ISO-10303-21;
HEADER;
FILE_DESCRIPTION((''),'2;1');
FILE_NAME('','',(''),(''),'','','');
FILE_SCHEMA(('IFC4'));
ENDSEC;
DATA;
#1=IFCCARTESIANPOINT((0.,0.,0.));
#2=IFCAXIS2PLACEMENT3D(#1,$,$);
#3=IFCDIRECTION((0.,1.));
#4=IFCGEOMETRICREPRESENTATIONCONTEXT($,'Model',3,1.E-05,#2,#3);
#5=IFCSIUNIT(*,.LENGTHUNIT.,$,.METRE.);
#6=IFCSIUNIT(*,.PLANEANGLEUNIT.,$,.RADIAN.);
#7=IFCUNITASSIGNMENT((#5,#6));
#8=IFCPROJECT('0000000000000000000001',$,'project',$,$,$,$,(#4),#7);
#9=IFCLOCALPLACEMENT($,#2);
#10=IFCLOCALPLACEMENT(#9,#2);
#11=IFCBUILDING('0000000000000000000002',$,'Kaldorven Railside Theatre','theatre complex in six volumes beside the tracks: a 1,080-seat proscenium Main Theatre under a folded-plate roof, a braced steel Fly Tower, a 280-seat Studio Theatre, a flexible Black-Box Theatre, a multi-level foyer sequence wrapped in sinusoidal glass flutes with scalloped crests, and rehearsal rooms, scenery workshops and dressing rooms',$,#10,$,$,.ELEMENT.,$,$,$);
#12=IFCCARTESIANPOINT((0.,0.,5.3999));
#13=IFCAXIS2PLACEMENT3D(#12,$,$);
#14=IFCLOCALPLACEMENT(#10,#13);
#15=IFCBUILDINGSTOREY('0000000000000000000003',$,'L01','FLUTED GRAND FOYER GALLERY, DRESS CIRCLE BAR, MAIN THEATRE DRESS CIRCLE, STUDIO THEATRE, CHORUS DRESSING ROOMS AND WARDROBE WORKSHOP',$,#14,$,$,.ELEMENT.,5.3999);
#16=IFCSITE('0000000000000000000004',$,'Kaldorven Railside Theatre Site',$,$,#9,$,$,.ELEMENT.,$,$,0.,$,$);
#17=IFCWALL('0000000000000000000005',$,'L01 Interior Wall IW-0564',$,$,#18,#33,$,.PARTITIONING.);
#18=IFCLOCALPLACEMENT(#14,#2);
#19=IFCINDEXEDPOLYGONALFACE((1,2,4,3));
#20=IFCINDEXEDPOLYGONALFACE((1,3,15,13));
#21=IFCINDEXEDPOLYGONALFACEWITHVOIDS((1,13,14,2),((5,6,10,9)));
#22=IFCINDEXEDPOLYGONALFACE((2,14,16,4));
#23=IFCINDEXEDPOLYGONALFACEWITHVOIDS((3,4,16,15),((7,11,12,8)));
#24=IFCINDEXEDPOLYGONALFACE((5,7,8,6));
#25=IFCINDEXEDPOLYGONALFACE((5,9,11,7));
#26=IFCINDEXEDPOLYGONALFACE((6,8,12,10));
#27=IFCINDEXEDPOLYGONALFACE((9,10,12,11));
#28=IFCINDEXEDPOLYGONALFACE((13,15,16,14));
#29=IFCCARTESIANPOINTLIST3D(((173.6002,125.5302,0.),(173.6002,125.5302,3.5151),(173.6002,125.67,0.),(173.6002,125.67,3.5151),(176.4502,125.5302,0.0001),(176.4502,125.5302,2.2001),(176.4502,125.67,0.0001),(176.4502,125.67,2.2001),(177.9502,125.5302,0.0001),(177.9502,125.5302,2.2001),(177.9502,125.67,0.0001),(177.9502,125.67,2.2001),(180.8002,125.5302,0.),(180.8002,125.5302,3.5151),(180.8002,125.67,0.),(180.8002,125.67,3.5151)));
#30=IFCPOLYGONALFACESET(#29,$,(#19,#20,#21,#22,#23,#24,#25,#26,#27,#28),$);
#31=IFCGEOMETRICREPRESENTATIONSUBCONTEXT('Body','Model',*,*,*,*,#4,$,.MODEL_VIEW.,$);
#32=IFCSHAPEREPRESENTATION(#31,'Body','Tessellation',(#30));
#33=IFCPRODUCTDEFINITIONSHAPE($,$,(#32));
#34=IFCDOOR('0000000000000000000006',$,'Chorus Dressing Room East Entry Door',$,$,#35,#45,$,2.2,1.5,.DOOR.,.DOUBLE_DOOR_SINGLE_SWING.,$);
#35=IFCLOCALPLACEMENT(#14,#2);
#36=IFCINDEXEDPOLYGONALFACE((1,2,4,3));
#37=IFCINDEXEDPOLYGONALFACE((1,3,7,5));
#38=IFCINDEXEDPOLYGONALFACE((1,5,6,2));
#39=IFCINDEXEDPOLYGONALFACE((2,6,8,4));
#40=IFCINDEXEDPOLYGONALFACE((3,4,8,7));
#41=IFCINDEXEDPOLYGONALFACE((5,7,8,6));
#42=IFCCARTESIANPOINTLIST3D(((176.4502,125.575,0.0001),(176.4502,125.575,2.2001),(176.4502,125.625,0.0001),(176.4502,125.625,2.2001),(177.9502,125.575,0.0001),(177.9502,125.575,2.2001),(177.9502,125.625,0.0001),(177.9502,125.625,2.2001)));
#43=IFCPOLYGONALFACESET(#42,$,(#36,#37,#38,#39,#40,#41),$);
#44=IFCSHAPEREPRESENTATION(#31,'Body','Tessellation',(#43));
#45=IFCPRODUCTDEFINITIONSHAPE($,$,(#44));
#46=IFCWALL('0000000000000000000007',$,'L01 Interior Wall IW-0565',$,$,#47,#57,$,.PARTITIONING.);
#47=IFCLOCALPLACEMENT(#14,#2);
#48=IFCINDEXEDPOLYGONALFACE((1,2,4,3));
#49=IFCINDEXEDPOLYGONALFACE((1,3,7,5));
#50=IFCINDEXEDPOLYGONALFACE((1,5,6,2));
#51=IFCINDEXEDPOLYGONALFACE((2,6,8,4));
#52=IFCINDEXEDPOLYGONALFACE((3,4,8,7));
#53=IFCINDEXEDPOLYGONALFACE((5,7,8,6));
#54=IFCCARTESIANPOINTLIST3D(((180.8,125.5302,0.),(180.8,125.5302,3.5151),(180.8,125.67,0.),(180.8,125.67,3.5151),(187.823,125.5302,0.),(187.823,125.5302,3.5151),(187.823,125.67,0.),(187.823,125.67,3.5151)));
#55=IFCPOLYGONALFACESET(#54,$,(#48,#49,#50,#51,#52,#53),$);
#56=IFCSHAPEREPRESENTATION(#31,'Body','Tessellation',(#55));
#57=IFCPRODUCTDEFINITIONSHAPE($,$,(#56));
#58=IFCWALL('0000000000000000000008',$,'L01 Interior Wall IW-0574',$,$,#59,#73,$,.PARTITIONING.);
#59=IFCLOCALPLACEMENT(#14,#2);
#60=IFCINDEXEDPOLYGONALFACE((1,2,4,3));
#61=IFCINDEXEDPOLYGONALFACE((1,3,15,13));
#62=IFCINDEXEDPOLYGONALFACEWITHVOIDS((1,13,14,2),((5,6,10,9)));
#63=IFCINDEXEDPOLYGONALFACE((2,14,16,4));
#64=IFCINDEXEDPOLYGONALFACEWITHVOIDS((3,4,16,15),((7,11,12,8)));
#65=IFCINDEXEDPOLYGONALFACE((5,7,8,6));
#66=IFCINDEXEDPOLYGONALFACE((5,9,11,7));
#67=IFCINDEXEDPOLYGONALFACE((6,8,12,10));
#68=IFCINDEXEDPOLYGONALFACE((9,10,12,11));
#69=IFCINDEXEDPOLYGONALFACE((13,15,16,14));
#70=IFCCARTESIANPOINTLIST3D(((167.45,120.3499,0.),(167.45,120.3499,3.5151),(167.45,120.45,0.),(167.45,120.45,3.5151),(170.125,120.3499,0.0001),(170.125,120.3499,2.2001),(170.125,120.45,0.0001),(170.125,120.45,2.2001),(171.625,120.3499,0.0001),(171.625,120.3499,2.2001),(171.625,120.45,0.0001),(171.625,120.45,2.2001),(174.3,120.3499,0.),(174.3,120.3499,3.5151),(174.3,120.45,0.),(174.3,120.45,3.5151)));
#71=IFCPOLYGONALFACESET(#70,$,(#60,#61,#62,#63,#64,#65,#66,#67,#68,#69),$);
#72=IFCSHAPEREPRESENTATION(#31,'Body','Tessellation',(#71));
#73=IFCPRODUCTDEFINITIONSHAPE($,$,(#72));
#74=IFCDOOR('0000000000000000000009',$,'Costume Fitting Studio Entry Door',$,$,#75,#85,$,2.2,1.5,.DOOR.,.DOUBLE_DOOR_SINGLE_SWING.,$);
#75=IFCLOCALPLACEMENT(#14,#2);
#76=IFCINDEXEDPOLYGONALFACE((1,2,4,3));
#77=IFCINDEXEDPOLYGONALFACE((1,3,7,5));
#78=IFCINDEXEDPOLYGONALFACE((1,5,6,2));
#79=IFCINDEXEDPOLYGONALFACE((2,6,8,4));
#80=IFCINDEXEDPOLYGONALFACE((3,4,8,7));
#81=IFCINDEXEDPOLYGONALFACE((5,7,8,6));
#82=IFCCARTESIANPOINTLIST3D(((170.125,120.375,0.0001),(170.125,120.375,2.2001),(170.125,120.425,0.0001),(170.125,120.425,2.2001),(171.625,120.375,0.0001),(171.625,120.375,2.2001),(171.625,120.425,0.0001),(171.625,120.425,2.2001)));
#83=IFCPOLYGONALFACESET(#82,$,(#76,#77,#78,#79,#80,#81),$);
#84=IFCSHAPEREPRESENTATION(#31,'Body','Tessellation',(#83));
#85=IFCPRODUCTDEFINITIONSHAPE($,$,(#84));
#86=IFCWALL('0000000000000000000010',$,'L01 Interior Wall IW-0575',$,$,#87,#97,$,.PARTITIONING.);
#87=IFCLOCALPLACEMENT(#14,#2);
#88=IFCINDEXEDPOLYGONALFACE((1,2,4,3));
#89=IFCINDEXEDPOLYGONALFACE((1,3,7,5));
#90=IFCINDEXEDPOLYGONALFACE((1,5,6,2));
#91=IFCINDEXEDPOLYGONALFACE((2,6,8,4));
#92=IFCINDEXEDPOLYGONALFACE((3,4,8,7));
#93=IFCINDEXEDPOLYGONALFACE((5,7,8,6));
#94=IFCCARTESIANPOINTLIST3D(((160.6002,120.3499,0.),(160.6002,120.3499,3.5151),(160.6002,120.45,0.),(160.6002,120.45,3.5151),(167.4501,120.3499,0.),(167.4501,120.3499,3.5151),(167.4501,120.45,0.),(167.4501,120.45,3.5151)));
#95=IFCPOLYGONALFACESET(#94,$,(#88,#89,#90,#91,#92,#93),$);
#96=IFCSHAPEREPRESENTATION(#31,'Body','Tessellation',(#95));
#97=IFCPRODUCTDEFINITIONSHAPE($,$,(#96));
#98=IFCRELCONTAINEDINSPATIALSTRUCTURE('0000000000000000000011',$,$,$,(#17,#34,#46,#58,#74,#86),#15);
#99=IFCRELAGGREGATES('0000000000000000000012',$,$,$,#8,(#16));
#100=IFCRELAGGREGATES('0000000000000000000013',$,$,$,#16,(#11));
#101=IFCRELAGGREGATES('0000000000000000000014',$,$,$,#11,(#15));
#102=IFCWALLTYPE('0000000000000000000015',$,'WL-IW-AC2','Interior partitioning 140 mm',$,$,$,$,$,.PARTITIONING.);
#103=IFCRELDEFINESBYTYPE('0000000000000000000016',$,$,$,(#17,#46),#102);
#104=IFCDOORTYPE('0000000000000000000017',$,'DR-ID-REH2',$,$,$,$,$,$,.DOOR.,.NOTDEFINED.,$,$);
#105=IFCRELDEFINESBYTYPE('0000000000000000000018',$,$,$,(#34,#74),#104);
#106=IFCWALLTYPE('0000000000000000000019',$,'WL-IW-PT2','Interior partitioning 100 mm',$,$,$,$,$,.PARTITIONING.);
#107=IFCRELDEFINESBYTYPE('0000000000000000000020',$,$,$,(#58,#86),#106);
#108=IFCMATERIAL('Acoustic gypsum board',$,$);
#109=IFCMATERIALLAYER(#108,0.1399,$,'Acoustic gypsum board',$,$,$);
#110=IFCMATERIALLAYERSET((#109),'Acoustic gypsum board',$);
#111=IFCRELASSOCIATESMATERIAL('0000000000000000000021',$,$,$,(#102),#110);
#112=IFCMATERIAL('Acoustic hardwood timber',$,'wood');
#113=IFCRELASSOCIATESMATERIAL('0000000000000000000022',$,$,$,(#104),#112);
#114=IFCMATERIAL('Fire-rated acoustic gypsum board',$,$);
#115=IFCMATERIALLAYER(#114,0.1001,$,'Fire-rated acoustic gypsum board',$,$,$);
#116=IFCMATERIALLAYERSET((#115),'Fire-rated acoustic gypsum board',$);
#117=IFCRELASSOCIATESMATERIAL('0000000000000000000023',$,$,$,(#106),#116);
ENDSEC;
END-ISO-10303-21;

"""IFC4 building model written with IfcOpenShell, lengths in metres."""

from ifc_helpers import new_model, si_unit, direction, frame, frame_2d, origin, place, context, subcontext, project, spatial, rectangle, extrude, material, layer, layer_set, type_object, element, fill, save


model = new_model("IFC4")

# Units and contexts
model_context = context("Model", 3, precision=1e-05, world=origin(), true_north=direction((0.0, 1.0)))
body_context = subcontext(model_context, "Body", "Model", "MODEL_VIEW")
ifc_project = project(units=[si_unit("LENGTHUNIT", "METRE"), si_unit("PLANEANGLEUNIT", "RADIAN")], contexts=[model_context])

# Site, building, storey
site_placement = place(None, origin())
site = spatial("IfcSite", under=ifc_project, at=site_placement, Name="Kaldorven Railside Theatre Site", CompositionType="ELEMENT", RefElevation=0.0)
building_placement = place(site_placement, origin())
building = spatial("IfcBuilding", under=site, at=building_placement, Name="Kaldorven Railside Theatre", Description="theatre complex in six volumes beside the tracks: a 1,080-seat proscenium Main Theatre under a folded-plate roof, a braced steel Fly Tower, a 280-seat Studio Theatre, a flexible Black-Box Theatre, a multi-level foyer sequence wrapped in sinusoidal glass flutes with scalloped crests, and rehearsal rooms, scenery workshops and dressing rooms", CompositionType="ELEMENT")
storey_placement = place(building_placement, frame((0.0, 0.0, 5.3999)))
storey = spatial("IfcBuildingStorey", under=building, at=storey_placement, Name="L01", Description="FLUTED GRAND FOYER GALLERY, DRESS CIRCLE BAR, MAIN THEATRE DRESS CIRCLE, STUDIO THEATRE, CHORUS DRESSING ROOMS AND WARDROBE WORKSHOP", CompositionType="ELEMENT", Elevation=5.3999)

# Wall, opening, door
ifc_material_1 = material(Name="Acoustic gypsum board")
ifc_layer_1 = layer(ifc_material_1, 0.1399, Name="Acoustic gypsum board")
ifc_layer_set_1 = layer_set([ifc_layer_1], Name="Acoustic gypsum board")
wall_type_1 = type_object("IfcWallType", Name="WL-IW-AC2", Description="Interior partitioning 140 mm", PredefinedType="PARTITIONING", material=ifc_layer_set_1)
wall_1_placement = place(storey_placement, frame((173.6001, 125.6001, 0.0), z_axis=(0.0, 0.0, 1.0), x_axis=(1.0, 0.0, 0.0)))
wall_1 = element("IfcWall", 1, at=wall_1_placement, inside=storey, type_object=wall_type_1, Name="L01 Interior Wall IW-0564", PredefinedType="PARTITIONING", context=body_context, shape_type="SweptSolid", body=[
    extrude(rectangle(XDim=7.2, YDim=0.1399, at=frame_2d((3.6001, 0.0))), origin(), (0.0, 0.0, 1.0), 3.5151),
])
opening_1_placement = place(wall_1_placement, frame((2.8501, 0.0, 0.0)))
opening_1 = element("IfcOpeningElement", 2, at=opening_1_placement, cuts=wall_1, PredefinedType="OPENING", context=body_context, shape_type="SweptSolid", body=[
    extrude(rectangle(XDim=1.5, YDim=2.2, at=frame_2d((0.75, 1.1001))), frame((0.0, 0.0801, 0.0), z_axis=(0.0, -1.0, 0.0), x_axis=(1.0, 0.0, 0.0)), (0.0, 0.0, 1.0), 0.1599),
])
ifc_material_2 = material(Name="Acoustic hardwood timber", Category="wood")
door_type = type_object("IfcDoorType", Name="DR-ID-REH2", OperationType="NOTDEFINED", PredefinedType="DOOR", material=ifc_material_2)
door_1_placement = place(opening_1_placement, origin())
door_1 = element("IfcDoor", 3, at=door_1_placement, inside=storey, type_object=door_type, Name="Chorus Dressing Room East Entry Door", OperationType="DOUBLE_DOOR_SINGLE_SWING", OverallHeight=2.2, OverallWidth=1.5, PredefinedType="DOOR", context=body_context, shape_type="SweptSolid", body=[
    extrude(rectangle(XDim=1.5, YDim=2.2, at=frame_2d((0.75, 1.1001))), frame((0.0, 0.0249, 0.0), z_axis=(0.0, -1.0, 0.0), x_axis=(1.0, 0.0, 0.0)), (0.0, 0.0, 1.0), 0.05),
])
fill(opening_1, door_1)

# Wall
wall_2_placement = place(storey_placement, frame((180.8, 125.6001, 0.0), z_axis=(0.0, 0.0, 1.0), x_axis=(1.0, 0.0, 0.0)))
element("IfcWall", 4, at=wall_2_placement, inside=storey, type_object=wall_type_1, Name="L01 Interior Wall IW-0565", PredefinedType="PARTITIONING", context=body_context, shape_type="SweptSolid", body=[
    extrude(rectangle(XDim=7.0229, YDim=0.1399, at=frame_2d((3.5115, 0.0))), origin(), (0.0, 0.0, 1.0), 3.5151),
])

# Wall, opening, door
ifc_material_3 = material(Name="Fire-rated acoustic gypsum board")
ifc_layer_2 = layer(ifc_material_3, 0.1001, Name="Fire-rated acoustic gypsum board")
ifc_layer_set_2 = layer_set([ifc_layer_2], Name="Fire-rated acoustic gypsum board")
wall_type_2 = type_object("IfcWallType", Name="WL-IW-PT2", Description="Interior partitioning 100 mm", PredefinedType="PARTITIONING", material=ifc_layer_set_2)
wall_3_placement = place(storey_placement, frame((174.3, 120.3999, 0.0), z_axis=(0.0, 0.0, 1.0), x_axis=(-1.0, 0.0, 0.0)))
wall_3 = element("IfcWall", 5, at=wall_3_placement, inside=storey, type_object=wall_type_2, Name="L01 Interior Wall IW-0574", PredefinedType="PARTITIONING", context=body_context, shape_type="SweptSolid", body=[
    extrude(rectangle(XDim=6.8501, YDim=0.1001, at=frame_2d((3.425, 0.0))), origin(), (0.0, 0.0, 1.0), 3.5151),
])
opening_2_placement = place(wall_3_placement, frame((2.675, 0.0, 0.0)))
opening_2 = element("IfcOpeningElement", 6, at=opening_2_placement, cuts=wall_3, PredefinedType="OPENING", context=body_context, shape_type="SweptSolid", body=[
    extrude(rectangle(XDim=1.5, YDim=2.2, at=frame_2d((0.75, 1.1001))), frame((0.0, 0.0601, 0.0), z_axis=(0.0, -1.0, 0.0), x_axis=(1.0, 0.0, 0.0)), (0.0, 0.0, 1.0), 0.1201),
])
door_2_placement = place(opening_2_placement, origin())
door_2 = element("IfcDoor", 7, at=door_2_placement, inside=storey, type_object=door_type, Name="Costume Fitting Studio Entry Door", OperationType="DOUBLE_DOOR_SINGLE_SWING", OverallHeight=2.2, OverallWidth=1.5, PredefinedType="DOOR", context=body_context, shape_type="SweptSolid", body=[
    extrude(rectangle(XDim=1.5, YDim=2.2, at=frame_2d((0.75, 1.1001))), frame((0.0, 0.0249, 0.0), z_axis=(0.0, -1.0, 0.0), x_axis=(1.0, 0.0, 0.0)), (0.0, 0.0, 1.0), 0.05),
])
fill(opening_2, door_2)

# Wall
wall_4_placement = place(storey_placement, frame((167.45, 120.3999, 0.0), z_axis=(0.0, 0.0, 1.0), x_axis=(-1.0, 0.0, 0.0)))
element("IfcWall", 8, at=wall_4_placement, inside=storey, type_object=wall_type_2, Name="L01 Interior Wall IW-0575", PredefinedType="PARTITIONING", context=body_context, shape_type="SweptSolid", body=[
    extrude(rectangle(XDim=6.8499, YDim=0.1001, at=frame_2d((3.4248, 0.0))), origin(), (0.0, 0.0, 1.0), 3.5151),
])

save(model, "model.ifc")
